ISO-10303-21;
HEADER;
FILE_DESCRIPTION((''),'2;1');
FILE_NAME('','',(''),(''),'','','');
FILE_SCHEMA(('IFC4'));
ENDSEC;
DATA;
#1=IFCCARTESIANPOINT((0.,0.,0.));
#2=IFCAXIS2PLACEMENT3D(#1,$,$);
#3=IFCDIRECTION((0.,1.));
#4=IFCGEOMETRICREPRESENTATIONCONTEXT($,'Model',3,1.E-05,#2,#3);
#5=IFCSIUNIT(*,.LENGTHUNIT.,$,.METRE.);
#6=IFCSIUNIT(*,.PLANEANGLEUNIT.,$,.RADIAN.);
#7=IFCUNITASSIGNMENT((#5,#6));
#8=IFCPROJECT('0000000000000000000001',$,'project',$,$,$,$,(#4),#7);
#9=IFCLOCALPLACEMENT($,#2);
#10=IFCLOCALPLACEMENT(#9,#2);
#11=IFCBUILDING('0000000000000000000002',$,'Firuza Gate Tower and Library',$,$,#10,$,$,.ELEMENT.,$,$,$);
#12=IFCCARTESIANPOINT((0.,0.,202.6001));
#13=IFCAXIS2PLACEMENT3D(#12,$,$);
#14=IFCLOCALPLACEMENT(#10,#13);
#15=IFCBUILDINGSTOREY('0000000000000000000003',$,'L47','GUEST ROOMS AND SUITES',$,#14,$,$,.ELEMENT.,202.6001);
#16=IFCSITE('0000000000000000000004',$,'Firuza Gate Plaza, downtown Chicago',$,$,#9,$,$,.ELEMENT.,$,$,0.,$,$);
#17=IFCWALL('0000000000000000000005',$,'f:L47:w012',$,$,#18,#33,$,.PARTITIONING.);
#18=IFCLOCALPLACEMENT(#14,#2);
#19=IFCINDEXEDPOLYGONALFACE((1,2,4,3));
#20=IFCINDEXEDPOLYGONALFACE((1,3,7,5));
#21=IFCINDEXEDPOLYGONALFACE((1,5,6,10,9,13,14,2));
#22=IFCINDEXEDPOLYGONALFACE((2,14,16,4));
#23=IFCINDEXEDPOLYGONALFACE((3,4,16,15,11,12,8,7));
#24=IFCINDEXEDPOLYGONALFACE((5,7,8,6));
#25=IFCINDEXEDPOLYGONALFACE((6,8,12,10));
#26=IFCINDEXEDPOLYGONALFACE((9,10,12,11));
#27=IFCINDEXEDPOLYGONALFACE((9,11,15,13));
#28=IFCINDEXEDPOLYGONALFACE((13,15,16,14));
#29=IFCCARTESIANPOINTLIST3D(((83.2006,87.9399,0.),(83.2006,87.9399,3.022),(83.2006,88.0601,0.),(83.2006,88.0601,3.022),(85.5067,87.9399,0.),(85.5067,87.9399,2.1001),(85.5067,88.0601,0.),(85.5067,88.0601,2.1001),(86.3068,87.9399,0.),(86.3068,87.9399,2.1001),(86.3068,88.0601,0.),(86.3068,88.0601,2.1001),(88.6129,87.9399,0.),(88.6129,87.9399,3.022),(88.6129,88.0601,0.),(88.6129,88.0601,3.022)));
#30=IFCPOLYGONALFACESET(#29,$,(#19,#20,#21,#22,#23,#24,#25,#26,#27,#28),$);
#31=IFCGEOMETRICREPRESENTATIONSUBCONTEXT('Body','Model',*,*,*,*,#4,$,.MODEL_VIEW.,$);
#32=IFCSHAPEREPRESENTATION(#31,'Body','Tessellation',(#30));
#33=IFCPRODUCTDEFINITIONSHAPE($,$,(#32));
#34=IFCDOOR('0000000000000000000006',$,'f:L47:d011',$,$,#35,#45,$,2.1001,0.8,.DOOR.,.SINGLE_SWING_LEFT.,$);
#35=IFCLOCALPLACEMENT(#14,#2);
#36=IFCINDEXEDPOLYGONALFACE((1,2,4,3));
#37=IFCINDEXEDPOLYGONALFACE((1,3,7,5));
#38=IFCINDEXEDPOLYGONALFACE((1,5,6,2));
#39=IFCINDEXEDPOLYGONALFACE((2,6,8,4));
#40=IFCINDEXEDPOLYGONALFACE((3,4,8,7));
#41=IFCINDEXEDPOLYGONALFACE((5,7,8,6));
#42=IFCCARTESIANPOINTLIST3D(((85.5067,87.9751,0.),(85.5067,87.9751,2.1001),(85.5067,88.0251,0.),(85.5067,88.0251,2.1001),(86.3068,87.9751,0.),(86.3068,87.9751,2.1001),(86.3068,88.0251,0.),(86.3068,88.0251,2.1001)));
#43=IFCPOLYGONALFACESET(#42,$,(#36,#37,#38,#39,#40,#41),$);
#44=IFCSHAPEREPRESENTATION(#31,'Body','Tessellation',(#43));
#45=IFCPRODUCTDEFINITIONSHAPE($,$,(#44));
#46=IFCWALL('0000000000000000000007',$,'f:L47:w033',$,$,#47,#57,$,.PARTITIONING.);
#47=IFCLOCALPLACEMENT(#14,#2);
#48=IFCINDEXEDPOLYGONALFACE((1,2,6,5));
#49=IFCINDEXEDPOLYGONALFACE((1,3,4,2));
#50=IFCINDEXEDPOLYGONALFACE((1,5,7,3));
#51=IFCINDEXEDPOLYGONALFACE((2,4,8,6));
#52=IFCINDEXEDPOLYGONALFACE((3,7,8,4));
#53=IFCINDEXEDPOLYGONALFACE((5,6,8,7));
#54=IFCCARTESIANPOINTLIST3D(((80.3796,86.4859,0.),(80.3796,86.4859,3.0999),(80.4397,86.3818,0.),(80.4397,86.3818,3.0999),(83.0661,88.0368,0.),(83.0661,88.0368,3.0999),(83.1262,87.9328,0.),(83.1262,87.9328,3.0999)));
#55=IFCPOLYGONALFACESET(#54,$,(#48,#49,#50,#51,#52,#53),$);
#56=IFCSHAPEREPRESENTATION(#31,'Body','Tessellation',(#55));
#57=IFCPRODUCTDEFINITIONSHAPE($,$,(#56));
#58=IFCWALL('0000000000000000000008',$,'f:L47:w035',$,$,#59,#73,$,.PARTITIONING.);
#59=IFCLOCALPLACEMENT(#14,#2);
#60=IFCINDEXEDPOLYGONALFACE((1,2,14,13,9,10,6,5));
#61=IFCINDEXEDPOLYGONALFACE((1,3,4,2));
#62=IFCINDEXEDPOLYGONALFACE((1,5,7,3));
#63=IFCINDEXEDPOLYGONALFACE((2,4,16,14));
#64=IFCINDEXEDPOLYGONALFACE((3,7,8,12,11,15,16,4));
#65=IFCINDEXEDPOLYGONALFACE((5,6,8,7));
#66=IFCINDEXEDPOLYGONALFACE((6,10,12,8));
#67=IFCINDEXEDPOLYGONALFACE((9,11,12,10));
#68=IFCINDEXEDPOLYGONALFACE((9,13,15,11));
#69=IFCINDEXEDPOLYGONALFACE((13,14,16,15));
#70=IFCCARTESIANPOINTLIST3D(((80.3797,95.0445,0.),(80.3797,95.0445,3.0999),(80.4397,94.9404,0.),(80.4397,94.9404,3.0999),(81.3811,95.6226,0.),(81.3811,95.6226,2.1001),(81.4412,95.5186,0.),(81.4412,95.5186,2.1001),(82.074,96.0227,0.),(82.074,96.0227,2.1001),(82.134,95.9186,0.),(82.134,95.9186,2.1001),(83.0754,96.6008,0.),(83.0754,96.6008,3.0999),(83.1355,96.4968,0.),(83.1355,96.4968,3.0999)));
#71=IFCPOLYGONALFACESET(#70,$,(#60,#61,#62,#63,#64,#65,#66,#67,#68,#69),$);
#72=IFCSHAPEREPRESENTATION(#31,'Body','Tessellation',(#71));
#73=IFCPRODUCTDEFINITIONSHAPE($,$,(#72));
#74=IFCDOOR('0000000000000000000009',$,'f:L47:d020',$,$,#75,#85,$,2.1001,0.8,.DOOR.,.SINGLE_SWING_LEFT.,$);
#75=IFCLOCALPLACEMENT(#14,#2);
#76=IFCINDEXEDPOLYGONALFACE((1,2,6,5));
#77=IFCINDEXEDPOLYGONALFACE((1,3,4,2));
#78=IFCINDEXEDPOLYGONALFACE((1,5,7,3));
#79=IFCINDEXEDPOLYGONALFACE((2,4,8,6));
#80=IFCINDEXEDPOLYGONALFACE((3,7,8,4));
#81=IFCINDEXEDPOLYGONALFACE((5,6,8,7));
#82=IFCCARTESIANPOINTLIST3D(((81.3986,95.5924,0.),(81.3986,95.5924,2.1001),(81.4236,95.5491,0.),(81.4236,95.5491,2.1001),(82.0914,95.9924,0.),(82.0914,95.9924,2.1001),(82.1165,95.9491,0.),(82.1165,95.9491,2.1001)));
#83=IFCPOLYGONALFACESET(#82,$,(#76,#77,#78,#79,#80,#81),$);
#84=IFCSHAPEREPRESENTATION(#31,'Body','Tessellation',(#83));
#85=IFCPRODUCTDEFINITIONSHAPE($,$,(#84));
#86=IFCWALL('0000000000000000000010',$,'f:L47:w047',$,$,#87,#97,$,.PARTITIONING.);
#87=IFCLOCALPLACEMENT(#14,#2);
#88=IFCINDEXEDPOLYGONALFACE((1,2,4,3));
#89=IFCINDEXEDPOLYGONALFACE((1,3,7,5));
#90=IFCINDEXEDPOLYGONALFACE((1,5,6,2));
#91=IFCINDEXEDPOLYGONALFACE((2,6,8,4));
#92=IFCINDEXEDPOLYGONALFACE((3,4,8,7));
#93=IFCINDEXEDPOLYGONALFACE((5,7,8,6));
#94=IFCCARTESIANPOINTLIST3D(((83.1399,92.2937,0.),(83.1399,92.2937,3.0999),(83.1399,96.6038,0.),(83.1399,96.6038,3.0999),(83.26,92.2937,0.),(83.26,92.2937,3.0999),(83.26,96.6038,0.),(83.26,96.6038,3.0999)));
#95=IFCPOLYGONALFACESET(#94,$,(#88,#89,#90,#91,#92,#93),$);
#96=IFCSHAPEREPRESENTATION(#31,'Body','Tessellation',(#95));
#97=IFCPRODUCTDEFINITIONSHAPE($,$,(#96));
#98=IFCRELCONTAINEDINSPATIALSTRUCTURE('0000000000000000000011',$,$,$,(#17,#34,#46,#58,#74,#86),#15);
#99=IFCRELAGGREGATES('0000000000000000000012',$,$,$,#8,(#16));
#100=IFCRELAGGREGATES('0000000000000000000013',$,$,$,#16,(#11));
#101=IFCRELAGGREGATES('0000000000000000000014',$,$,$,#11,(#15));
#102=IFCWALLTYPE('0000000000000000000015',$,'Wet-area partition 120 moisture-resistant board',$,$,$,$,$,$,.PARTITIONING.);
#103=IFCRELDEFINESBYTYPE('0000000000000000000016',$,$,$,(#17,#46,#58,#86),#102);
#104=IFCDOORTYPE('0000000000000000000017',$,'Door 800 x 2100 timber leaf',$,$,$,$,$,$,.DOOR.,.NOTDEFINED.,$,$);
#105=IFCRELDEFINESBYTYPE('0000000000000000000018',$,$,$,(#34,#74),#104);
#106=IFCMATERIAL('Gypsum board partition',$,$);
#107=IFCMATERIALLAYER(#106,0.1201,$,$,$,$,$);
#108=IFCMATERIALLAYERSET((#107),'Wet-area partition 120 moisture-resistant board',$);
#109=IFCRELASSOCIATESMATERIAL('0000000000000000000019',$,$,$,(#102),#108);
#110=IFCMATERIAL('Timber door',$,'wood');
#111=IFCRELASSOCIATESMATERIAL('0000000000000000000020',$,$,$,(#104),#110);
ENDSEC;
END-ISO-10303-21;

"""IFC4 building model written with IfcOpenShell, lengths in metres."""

from ifc_helpers import new_model, si_unit, direction, frame, frame_2d, origin, place, context, subcontext, project, spatial, rectangle, extrude, material, layer, layer_set, type_object, element, fill, save


model = new_model("IFC4")

# Units and contexts
model_context = context("Model", 3, precision=1e-05, world=origin(), true_north=direction((0.0, 1.0)))
body_context = subcontext(model_context, "Body", "Model", "MODEL_VIEW")
ifc_project = project(units=[si_unit("LENGTHUNIT", "METRE"), si_unit("PLANEANGLEUNIT", "RADIAN")], contexts=[model_context])

# Site, building, storey
site_placement = place(None, origin())
site = spatial("IfcSite", under=ifc_project, at=site_placement, Name="Firuza Gate Plaza, downtown Chicago", CompositionType="ELEMENT", RefElevation=0.0)
building_placement = place(site_placement, origin())
building = spatial("IfcBuilding", under=site, at=building_placement, Name="Firuza Gate Tower and Library", CompositionType="ELEMENT")
storey_placement = place(building_placement, frame((0.0, 0.0, 202.6001)))
storey = spatial("IfcBuildingStorey", under=building, at=storey_placement, Name="L47", Description="GUEST ROOMS AND SUITES", CompositionType="ELEMENT", Elevation=202.6001)

# Wall, opening, door
ifc_material_1 = material(Name="Gypsum board partition")
ifc_layer_1 = layer(ifc_material_1, 0.1201)
ifc_layer_set_1 = layer_set([ifc_layer_1], Name="Wet-area partition 120 moisture-resistant board")
wall_type_1 = type_object("IfcWallType", Name="Wet-area partition 120 moisture-resistant board", PredefinedType="PARTITIONING", material=ifc_layer_set_1)
wall_1_placement = place(storey_placement, frame((88.6128, 88.0, 0.0), z_axis=(0.0, 0.0, 1.0), x_axis=(-1.0, 0.0, 0.0)))
wall_1 = element("IfcWall", 1, at=wall_1_placement, inside=storey, type_object=wall_type_1, Name="f:L47:w012", PredefinedType="PARTITIONING", context=body_context, shape_type="SweptSolid", body=[
    extrude(rectangle(XDim=5.4124, YDim=0.1201, at=frame_2d((2.7061, 0.0))), origin(), (0.0, 0.0, 1.0), 3.022),
])
opening_1_placement = place(wall_1_placement, frame((2.3062, 0.0, 0.0)))
opening_1 = element("IfcOpeningElement", 2, at=opening_1_placement, cuts=wall_1, PredefinedType="OPENING", context=body_context, shape_type="SweptSolid", body=[
    extrude(rectangle(XDim=0.8, YDim=2.1001, at=frame_2d((0.3999, 1.05))), frame((0.0, 0.0701, 0.0), z_axis=(0.0, -1.0, 0.0), x_axis=(1.0, 0.0, 0.0)), (0.0, 0.0, 1.0), 0.1401),
])
ifc_material_2 = material(Name="Timber door", Category="wood")
door_type_1 = type_object("IfcDoorType", Name="Door 800 x 2100 timber leaf", OperationType="NOTDEFINED", PredefinedType="DOOR", material=ifc_material_2)
door_1_placement = place(opening_1_placement, origin())
door_1 = element("IfcDoor", 3, at=door_1_placement, inside=storey, type_object=door_type_1, Name="f:L47:d011", OperationType="SINGLE_SWING_LEFT", OverallHeight=2.1001, OverallWidth=0.8, PredefinedType="DOOR", context=body_context, shape_type="SweptSolid", body=[
    extrude(rectangle(XDim=0.8, YDim=2.1001, at=frame_2d((0.3999, 1.05))), frame((0.0, 0.0249, 0.0), z_axis=(0.0, -1.0, 0.0), x_axis=(1.0, 0.0, 0.0)), (0.0, 0.0, 1.0), 0.05),
])
fill(opening_1, door_1)

# Wall
wall_2_placement = place(storey_placement, frame((80.4097, 86.4338, 0.0), z_axis=(0.0, 0.0, 1.0), x_axis=(0.866031, 0.49999, 0.0)))
element("IfcWall", 4, at=wall_2_placement, inside=storey, type_object=wall_type_1, Name="f:L47:w033", PredefinedType="PARTITIONING", context=body_context, shape_type="SweptSolid", body=[
    extrude(rectangle(XDim=3.1021, YDim=0.1201, at=frame_2d((1.551, 0.0))), origin(), (0.0, 0.0, 1.0), 3.0999),
])

# Wall, opening, door
wall_3_placement = place(storey_placement, frame((83.1055, 96.5488, 0.0), z_axis=(0.0, 0.0, 1.0), x_axis=(-0.866029, -0.499994, 0.0)))
wall_3 = element("IfcWall", 5, at=wall_3_placement, inside=storey, type_object=wall_type_1, Name="f:L47:w035", PredefinedType="PARTITIONING", context=body_context, shape_type="SweptSolid", body=[
    extrude(rectangle(XDim=3.1128, YDim=0.1201, at=frame_2d((1.5564, 0.0))), origin(), (0.0, 0.0, 1.0), 3.0999),
])
opening_2_placement = place(wall_3_placement, frame((1.1565, 0.0, 0.0)))
opening_2 = element("IfcOpeningElement", 6, at=opening_2_placement, cuts=wall_3, PredefinedType="OPENING", context=body_context, shape_type="SweptSolid", body=[
    extrude(rectangle(XDim=0.8, YDim=2.1001, at=frame_2d((0.3999, 1.05))), frame((0.0, 0.0701, 0.0), z_axis=(0.0, -1.0, 0.0), x_axis=(1.0, 0.0, 0.0)), (0.0, 0.0, 1.0), 0.1401),
])
door_2_placement = place(opening_2_placement, origin())
door_2 = element("IfcDoor", 7, at=door_2_placement, inside=storey, type_object=door_type_1, Name="f:L47:d020", OperationType="SINGLE_SWING_LEFT", OverallHeight=2.1001, OverallWidth=0.8, PredefinedType="DOOR", context=body_context, shape_type="SweptSolid", body=[
    extrude(rectangle(XDim=0.8, YDim=2.1001, at=frame_2d((0.3999, 1.05))), frame((0.0, 0.0249, 0.0), z_axis=(0.0, -1.0, 0.0), x_axis=(1.0, 0.0, 0.0)), (0.0, 0.0, 1.0), 0.05),
])
fill(opening_2, door_2)

# Wall
wall_4_placement = place(storey_placement, frame((83.2, 92.2937, 0.0), z_axis=(0.0, 0.0, 1.0), x_axis=(0.0, 1.0, 0.0)))
element("IfcWall", 8, at=wall_4_placement, inside=storey, type_object=wall_type_1, Name="f:L47:w047", PredefinedType="PARTITIONING", context=body_context, shape_type="SweptSolid", body=[
    extrude(rectangle(XDim=4.3101, YDim=0.1201, at=frame_2d((2.155, 0.0))), origin(), (0.0, 0.0, 1.0), 3.0999),
])

save(model, "model.ifc")
